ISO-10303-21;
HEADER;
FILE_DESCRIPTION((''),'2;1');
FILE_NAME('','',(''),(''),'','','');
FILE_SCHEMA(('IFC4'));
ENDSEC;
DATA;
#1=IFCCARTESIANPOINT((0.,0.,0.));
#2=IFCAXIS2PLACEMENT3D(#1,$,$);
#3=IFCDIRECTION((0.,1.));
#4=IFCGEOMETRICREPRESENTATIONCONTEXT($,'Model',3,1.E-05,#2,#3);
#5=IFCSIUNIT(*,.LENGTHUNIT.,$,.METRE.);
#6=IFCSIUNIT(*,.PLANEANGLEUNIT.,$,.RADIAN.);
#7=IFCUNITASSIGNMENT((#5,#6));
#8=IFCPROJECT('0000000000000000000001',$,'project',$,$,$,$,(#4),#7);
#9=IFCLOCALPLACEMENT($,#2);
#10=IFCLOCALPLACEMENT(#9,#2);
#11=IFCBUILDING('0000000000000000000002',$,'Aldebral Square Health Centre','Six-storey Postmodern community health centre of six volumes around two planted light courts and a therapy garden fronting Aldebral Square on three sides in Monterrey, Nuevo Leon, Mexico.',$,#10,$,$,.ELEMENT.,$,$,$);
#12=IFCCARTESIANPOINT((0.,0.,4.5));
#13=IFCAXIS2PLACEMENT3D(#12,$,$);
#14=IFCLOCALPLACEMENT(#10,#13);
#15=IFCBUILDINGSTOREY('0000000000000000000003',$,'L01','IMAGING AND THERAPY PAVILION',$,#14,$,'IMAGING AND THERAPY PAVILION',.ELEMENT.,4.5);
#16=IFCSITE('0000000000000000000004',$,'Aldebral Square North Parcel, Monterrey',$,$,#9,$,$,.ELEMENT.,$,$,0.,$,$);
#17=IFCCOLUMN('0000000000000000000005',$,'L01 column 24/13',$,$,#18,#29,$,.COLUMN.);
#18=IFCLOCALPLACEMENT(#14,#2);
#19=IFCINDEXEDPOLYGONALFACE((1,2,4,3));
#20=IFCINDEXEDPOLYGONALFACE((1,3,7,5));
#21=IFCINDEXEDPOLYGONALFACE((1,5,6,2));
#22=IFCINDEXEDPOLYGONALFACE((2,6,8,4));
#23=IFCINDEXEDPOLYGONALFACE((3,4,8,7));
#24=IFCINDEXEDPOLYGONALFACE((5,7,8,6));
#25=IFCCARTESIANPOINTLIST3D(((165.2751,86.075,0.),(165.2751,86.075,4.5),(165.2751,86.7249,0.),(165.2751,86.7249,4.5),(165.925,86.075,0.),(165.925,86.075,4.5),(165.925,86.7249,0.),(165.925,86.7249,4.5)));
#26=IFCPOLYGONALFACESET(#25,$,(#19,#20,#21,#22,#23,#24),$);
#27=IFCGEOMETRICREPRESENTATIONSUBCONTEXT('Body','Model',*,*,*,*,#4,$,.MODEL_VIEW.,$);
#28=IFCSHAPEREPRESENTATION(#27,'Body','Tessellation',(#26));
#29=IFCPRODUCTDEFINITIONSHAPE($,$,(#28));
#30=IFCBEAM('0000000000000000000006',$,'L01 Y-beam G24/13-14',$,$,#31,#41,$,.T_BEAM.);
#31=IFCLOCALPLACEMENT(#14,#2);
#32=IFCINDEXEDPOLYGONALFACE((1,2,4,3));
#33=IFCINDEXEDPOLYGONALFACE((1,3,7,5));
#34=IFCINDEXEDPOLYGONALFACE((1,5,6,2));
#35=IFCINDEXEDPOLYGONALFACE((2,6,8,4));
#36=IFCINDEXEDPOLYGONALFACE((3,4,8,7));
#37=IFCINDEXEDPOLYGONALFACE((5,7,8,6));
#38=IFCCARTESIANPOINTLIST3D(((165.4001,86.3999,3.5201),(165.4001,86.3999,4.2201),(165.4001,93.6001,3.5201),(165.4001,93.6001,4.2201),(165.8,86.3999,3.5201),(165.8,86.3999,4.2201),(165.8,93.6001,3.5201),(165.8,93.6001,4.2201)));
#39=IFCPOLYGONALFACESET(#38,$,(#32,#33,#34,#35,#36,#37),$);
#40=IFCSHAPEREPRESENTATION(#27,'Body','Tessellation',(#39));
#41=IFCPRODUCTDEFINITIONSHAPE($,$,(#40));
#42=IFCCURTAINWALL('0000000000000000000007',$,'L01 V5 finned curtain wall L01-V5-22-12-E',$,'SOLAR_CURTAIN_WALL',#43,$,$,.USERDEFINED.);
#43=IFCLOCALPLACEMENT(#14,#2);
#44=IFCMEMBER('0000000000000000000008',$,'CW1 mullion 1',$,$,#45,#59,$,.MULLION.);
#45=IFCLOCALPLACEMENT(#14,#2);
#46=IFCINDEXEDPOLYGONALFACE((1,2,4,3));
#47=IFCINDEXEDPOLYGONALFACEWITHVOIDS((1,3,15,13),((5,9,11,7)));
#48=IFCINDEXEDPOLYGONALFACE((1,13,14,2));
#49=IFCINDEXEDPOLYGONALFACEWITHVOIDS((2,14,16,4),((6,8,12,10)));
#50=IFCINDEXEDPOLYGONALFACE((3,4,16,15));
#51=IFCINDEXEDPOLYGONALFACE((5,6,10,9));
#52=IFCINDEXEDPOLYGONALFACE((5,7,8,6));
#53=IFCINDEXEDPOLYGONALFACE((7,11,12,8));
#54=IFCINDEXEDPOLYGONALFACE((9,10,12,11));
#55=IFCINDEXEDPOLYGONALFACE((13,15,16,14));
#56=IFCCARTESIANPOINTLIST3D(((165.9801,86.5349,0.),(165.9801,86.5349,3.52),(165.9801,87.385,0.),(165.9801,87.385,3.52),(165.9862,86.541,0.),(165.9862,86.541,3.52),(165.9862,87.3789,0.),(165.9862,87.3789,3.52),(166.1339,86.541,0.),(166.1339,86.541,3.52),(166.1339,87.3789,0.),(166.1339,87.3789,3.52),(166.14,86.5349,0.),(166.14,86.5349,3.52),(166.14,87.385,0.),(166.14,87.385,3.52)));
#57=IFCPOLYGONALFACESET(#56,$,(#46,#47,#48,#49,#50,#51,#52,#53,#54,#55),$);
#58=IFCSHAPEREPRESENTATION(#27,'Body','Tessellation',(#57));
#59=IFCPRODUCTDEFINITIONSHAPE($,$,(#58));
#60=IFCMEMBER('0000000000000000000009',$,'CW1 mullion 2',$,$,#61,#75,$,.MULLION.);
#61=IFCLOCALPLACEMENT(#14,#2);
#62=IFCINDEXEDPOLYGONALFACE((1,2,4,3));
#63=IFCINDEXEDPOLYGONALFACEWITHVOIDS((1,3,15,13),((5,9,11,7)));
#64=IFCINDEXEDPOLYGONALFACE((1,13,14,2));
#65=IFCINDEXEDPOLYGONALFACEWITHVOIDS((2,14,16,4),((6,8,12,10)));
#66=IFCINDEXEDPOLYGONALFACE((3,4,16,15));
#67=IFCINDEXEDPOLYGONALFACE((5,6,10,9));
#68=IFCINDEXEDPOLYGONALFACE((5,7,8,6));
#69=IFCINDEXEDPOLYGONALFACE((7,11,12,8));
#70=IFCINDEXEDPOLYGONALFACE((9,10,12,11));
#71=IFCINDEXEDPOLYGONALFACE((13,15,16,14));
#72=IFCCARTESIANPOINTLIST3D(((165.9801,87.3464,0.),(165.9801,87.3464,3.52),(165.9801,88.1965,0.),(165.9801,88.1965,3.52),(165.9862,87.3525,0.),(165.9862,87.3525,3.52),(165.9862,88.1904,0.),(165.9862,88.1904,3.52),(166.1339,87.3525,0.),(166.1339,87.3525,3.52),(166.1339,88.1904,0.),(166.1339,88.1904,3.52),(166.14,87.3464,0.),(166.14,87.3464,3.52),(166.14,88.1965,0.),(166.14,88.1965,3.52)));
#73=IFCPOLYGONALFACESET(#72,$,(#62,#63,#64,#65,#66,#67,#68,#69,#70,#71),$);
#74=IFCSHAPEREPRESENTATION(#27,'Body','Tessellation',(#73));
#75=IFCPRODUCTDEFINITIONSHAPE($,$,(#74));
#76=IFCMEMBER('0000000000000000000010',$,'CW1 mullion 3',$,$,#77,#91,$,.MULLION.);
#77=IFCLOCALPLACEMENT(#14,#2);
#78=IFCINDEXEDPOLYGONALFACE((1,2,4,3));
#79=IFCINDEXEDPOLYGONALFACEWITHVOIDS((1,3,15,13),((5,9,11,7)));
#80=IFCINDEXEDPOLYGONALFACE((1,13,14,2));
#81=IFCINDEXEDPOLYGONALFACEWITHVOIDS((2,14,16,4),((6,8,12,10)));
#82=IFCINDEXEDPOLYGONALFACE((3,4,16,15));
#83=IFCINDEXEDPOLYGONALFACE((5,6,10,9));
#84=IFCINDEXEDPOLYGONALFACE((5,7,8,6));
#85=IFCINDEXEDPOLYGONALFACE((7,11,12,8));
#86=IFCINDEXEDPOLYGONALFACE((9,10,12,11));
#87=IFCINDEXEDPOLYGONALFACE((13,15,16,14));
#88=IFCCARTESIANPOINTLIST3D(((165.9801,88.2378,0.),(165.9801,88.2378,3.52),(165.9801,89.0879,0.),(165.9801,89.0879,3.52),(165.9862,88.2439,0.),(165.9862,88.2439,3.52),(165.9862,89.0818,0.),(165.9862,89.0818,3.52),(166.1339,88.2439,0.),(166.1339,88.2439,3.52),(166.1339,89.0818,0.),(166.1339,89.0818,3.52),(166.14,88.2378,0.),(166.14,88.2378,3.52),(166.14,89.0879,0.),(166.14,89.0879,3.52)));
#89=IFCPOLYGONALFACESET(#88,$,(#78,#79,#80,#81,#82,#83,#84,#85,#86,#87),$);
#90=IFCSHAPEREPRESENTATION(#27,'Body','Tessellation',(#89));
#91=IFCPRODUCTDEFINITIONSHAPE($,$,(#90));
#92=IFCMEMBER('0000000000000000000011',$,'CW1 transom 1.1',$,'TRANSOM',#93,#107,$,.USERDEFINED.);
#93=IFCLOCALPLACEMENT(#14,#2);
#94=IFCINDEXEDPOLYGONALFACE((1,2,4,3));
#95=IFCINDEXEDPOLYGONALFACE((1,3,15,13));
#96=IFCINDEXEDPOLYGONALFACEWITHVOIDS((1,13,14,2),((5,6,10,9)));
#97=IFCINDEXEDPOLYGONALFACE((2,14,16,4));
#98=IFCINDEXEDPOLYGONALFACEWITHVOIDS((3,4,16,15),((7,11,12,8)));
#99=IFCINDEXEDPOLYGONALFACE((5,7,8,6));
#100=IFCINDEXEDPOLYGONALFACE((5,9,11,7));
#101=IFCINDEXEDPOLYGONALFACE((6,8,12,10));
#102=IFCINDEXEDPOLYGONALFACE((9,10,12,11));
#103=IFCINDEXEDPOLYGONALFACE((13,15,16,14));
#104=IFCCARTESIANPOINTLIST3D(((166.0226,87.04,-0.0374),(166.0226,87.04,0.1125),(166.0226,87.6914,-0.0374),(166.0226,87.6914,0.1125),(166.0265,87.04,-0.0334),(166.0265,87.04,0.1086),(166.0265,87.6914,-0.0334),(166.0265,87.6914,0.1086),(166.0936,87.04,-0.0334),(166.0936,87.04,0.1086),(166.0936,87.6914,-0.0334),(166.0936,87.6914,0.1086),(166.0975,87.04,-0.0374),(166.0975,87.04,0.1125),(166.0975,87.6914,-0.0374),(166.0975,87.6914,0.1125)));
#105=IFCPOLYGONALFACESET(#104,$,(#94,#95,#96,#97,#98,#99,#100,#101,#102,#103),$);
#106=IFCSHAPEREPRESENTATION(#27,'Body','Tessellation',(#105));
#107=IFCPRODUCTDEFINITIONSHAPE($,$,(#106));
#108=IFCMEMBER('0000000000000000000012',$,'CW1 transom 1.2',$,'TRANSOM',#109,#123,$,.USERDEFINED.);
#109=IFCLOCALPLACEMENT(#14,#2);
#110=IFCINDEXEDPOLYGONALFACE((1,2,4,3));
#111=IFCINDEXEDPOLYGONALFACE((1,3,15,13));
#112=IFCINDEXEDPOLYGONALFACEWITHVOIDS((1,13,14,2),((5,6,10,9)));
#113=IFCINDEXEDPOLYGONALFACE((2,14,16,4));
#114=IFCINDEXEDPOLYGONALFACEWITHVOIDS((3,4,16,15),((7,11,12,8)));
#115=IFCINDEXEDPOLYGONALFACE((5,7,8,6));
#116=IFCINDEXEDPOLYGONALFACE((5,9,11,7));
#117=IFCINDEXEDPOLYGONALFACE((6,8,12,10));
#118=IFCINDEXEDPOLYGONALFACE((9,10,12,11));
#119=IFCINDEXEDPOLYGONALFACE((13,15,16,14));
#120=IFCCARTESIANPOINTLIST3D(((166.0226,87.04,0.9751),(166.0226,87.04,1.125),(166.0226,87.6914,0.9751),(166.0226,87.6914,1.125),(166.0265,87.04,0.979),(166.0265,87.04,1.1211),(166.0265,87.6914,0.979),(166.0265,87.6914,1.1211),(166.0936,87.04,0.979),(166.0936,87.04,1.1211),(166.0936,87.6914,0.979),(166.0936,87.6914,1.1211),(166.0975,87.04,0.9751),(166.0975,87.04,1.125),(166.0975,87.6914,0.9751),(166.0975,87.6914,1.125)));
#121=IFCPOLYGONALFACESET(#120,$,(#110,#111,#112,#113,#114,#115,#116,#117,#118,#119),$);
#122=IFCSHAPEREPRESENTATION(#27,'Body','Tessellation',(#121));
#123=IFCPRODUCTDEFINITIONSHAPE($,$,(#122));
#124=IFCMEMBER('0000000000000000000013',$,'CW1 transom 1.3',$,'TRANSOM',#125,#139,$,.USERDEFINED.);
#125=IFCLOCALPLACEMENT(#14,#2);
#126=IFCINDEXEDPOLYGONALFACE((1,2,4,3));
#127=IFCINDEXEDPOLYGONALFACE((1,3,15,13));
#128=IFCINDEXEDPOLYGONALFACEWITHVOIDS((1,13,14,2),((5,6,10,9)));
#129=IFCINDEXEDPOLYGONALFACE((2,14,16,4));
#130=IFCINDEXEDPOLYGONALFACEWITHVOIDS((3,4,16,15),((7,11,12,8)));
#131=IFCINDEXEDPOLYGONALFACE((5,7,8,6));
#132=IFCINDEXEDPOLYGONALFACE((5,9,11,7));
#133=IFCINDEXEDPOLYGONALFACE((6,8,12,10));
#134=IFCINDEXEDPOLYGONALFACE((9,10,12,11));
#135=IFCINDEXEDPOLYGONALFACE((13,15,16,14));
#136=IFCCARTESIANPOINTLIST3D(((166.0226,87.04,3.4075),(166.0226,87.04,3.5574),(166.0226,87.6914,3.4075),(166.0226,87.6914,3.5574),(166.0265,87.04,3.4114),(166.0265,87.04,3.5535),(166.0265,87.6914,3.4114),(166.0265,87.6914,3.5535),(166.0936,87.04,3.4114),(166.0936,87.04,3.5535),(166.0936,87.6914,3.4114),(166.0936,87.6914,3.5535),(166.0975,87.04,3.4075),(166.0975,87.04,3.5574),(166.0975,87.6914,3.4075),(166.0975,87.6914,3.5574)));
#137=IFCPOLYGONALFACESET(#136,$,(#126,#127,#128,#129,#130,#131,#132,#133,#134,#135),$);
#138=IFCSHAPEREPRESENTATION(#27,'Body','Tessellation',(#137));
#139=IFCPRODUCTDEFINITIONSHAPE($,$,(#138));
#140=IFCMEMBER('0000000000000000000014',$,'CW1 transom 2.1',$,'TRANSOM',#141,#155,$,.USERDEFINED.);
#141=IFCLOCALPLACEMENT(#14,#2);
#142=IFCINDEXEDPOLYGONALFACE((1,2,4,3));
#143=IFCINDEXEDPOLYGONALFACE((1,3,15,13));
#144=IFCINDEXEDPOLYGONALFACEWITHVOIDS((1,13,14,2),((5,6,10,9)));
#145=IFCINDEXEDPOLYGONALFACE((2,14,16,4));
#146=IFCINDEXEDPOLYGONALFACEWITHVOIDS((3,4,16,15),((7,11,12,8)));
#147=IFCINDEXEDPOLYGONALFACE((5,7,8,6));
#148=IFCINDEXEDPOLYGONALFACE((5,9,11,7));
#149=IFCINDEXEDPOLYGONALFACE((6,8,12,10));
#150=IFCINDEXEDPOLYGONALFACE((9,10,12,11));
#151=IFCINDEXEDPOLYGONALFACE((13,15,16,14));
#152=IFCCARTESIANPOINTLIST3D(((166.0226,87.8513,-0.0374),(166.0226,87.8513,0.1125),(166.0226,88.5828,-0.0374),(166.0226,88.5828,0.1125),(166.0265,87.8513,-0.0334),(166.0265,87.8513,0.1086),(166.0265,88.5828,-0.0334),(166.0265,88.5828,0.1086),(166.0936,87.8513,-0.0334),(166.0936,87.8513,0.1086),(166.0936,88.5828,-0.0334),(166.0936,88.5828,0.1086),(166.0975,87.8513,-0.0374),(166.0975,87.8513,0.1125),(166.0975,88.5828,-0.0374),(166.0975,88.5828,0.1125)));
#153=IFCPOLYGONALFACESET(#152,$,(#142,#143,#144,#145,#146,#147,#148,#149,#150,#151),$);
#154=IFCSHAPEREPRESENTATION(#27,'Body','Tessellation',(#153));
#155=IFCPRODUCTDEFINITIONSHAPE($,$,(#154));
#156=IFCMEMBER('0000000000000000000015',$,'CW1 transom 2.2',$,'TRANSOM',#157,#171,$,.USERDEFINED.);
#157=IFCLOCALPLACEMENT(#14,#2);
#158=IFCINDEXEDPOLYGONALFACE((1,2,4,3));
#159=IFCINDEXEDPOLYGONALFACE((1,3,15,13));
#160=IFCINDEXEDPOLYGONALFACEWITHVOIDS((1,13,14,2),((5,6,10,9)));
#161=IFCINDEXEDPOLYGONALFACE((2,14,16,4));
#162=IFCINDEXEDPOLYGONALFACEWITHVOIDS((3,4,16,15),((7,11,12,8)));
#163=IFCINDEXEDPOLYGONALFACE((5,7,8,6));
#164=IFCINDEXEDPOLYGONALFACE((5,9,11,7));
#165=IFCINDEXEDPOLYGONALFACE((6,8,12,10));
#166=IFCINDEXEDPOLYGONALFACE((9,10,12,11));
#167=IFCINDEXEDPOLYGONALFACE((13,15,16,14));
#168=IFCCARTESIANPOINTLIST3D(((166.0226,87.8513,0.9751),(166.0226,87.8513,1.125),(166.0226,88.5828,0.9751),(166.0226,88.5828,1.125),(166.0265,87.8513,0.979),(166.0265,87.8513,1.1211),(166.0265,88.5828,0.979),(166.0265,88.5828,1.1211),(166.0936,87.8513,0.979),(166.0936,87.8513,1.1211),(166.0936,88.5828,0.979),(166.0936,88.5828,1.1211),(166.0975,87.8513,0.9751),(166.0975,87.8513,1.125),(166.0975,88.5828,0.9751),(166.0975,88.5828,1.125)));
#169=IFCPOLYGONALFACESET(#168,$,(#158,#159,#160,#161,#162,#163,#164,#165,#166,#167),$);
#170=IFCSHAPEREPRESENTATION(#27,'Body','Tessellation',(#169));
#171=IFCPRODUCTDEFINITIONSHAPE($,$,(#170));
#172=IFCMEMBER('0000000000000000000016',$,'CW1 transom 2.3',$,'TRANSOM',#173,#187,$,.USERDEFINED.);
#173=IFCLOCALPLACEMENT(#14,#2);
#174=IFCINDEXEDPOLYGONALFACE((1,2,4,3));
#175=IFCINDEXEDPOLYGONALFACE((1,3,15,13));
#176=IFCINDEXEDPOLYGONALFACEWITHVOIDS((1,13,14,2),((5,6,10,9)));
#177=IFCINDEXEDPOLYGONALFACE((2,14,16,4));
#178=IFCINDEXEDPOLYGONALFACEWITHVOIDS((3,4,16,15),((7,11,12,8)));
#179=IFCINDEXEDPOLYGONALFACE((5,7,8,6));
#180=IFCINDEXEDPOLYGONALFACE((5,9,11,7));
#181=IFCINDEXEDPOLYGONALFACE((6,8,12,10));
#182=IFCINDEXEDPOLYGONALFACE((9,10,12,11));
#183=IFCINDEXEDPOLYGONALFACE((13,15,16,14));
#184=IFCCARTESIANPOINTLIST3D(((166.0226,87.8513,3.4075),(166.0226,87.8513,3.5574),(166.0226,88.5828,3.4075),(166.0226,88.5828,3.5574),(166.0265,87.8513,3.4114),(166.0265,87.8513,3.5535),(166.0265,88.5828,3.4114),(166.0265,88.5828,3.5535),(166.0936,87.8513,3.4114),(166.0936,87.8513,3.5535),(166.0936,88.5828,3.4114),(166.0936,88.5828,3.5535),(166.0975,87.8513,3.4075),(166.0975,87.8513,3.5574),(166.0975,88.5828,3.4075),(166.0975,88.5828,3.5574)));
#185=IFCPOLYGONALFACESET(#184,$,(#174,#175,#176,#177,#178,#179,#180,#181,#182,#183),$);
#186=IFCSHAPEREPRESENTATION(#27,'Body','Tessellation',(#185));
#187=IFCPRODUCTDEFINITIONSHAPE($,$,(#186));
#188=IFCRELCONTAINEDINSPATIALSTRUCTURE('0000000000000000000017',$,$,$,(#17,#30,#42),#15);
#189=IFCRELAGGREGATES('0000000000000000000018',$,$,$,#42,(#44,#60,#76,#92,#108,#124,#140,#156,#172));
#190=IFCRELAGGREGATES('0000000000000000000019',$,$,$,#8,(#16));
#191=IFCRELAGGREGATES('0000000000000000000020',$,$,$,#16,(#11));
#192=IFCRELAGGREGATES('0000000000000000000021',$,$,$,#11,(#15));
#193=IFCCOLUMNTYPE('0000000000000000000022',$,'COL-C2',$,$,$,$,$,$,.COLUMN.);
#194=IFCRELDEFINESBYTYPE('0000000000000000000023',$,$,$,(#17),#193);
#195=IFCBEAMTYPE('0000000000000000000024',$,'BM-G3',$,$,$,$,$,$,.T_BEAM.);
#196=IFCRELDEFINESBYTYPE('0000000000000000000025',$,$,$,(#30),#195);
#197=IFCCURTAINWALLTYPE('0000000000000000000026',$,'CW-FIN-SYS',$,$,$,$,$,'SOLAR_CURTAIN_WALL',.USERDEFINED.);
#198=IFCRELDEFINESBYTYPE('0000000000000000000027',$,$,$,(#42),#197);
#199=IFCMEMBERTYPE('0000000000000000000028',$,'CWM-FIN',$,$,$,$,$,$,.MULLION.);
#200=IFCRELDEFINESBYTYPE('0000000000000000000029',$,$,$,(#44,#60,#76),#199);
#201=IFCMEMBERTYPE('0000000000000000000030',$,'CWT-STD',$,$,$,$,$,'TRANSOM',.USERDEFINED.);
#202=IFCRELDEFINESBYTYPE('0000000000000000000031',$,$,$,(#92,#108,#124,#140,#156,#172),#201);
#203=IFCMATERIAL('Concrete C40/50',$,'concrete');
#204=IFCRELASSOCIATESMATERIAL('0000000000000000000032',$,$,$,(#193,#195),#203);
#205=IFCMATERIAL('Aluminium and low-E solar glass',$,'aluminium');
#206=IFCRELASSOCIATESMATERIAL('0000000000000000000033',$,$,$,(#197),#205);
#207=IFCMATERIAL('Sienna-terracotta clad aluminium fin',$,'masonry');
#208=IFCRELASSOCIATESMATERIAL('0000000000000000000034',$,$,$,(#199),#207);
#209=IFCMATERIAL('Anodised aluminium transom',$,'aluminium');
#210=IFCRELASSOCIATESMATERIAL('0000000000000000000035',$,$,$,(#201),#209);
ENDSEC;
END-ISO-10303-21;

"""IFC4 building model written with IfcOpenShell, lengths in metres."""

from ifc_helpers import new_model, si_unit, direction, frame, origin, origin_2d, place, context, subcontext, project, spatial, rectangle, hollow_rectangle, extrude, material, material_profile, profile_set, type_object, element, aggregate, save


model = new_model("IFC4")

# Units and contexts
model_context = context("Model", 3, precision=1e-05, world=origin(), true_north=direction((0.0, 1.0)))
body_context = subcontext(model_context, "Body", "Model", "MODEL_VIEW")
ifc_project = project(units=[si_unit("LENGTHUNIT", "METRE"), si_unit("PLANEANGLEUNIT", "RADIAN")], contexts=[model_context])

# Site, building, storey
site_placement = place(None, origin())
site = spatial("IfcSite", under=ifc_project, at=site_placement, Name="Aldebral Square North Parcel, Monterrey", CompositionType="ELEMENT", RefElevation=0.0)
building_placement = place(site_placement, origin())
building = spatial("IfcBuilding", under=site, at=building_placement, Name="Aldebral Square Health Centre", Description="Six-storey Postmodern community health centre of six volumes around two planted light courts and a therapy garden fronting Aldebral Square on three sides in Monterrey, Nuevo Leon, Mexico.", CompositionType="ELEMENT")
storey_placement = place(building_placement, frame((0.0, 0.0, 4.5)))
storey = spatial("IfcBuildingStorey", under=building, at=storey_placement, Name="L01", Description="IMAGING AND THERAPY PAVILION", LongName="IMAGING AND THERAPY PAVILION", CompositionType="ELEMENT", Elevation=4.5)

# Column
ifc_material_1 = material(Name="Concrete C40/50", Category="concrete")
ifc_material_profile_1 = material_profile(ifc_material_1, rectangle(XDim=0.6499, YDim=0.6499, at=origin_2d()), Name="RC 650x650")
ifc_profile_set_1 = profile_set([ifc_material_profile_1], Name="Concrete C40/50")
column_type = type_object("IfcColumnType", Name="COL-C2", PredefinedType="COLUMN", material=ifc_profile_set_1)
column_placement = place(storey_placement, frame((165.6001, 86.3999, 0.0), z_axis=(0.0, 0.0, 1.0), x_axis=(1.0, 0.0, 0.0)))
element("IfcColumn", 1, at=column_placement, inside=storey, type_object=column_type, Name="L01 column 24/13", PredefinedType="COLUMN", context=body_context, shape_type="SweptSolid", body=[
    extrude(rectangle(XDim=0.6499, YDim=0.6499, at=origin_2d()), origin(), (0.0, 0.0, 1.0), 4.5),
])

# Beam
ifc_material_profile_2 = material_profile(ifc_material_1, rectangle(XDim=0.3999, YDim=0.7, at=origin_2d()), Name="RC 400x700")
ifc_profile_set_2 = profile_set([ifc_material_profile_2], Name="Concrete C40/50")
beam_type = type_object("IfcBeamType", Name="BM-G3", PredefinedType="T_BEAM", material=ifc_profile_set_2)
beam_placement = place(storey_placement, frame((165.6001, 86.3999, 3.8701), z_axis=(0.0, 1.0, 0.0), x_axis=(-1.0, 0.0, 0.0)))
element("IfcBeam", 2, at=beam_placement, inside=storey, type_object=beam_type, Name="L01 Y-beam G24/13-14", PredefinedType="T_BEAM", context=body_context, shape_type="SweptSolid", body=[
    extrude(rectangle(XDim=0.3999, YDim=0.7, at=origin_2d()), origin(), (0.0, 0.0, 1.0), 7.2002),
])

# Curtain wall, members
ifc_material_2 = material(Name="Aluminium and low-E solar glass", Category="aluminium")
curtain_wall_type = type_object("IfcCurtainWallType", Name="CW-FIN-SYS", ElementType="SOLAR_CURTAIN_WALL", PredefinedType="USERDEFINED", material=ifc_material_2)
curtain_wall_placement = place(storey_placement, origin())
curtain_wall = element("IfcCurtainWall", 3, at=curtain_wall_placement, inside=storey, type_object=curtain_wall_type, Name="L01 V5 finned curtain wall L01-V5-22-12-E", ObjectType="SOLAR_CURTAIN_WALL", PredefinedType="USERDEFINED")
ifc_material_3 = material(Name="Sienna-terracotta clad aluminium fin", Category="masonry")
ifc_material_profile_3 = material_profile(ifc_material_3, hollow_rectangle(XDim=0.1599, YDim=0.8501, WallThickness=0.0061, at=origin_2d()), Name="FIN 160x850x6")
ifc_profile_set_3 = profile_set([ifc_material_profile_3], Name="Sienna-terracotta clad aluminium fin")
member_type_1 = type_object("IfcMemberType", Name="CWM-FIN", PredefinedType="MULLION", material=ifc_profile_set_3)
member_1_placement = place(storey_placement, frame((166.0601, 86.96, 0.0), z_axis=(0.0, 0.0, 1.0), x_axis=(-1.0, 0.0, 0.0)))
member_1 = element("IfcMember", 4, at=member_1_placement, type_object=member_type_1, Name="CW1 mullion 1", PredefinedType="MULLION", context=body_context, shape_type="SweptSolid", body=[
    extrude(hollow_rectangle(XDim=0.1599, YDim=0.8501, WallThickness=0.0061, at=origin_2d()), origin(), (0.0, 0.0, 1.0), 3.52),
])
member_2_placement = place(storey_placement, frame((166.0601, 87.7715, 0.0), z_axis=(0.0, 0.0, 1.0), x_axis=(-1.0, 0.0, 0.0)))
member_2 = element("IfcMember", 5, at=member_2_placement, type_object=member_type_1, Name="CW1 mullion 2", PredefinedType="MULLION", context=body_context, shape_type="SweptSolid", body=[
    extrude(hollow_rectangle(XDim=0.1599, YDim=0.8501, WallThickness=0.0061, at=origin_2d()), origin(), (0.0, 0.0, 1.0), 3.52),
])
member_3_placement = place(storey_placement, frame((166.0601, 88.6628, 0.0), z_axis=(0.0, 0.0, 1.0), x_axis=(-1.0, 0.0, 0.0)))
member_3 = element("IfcMember", 6, at=member_3_placement, type_object=member_type_1, Name="CW1 mullion 3", PredefinedType="MULLION", context=body_context, shape_type="SweptSolid", body=[
    extrude(hollow_rectangle(XDim=0.1599, YDim=0.8501, WallThickness=0.0061, at=origin_2d()), origin(), (0.0, 0.0, 1.0), 3.52),
])
ifc_material_4 = material(Name="Anodised aluminium transom", Category="aluminium")
ifc_material_profile_4 = material_profile(ifc_material_4, hollow_rectangle(XDim=0.075, YDim=0.1499, WallThickness=0.0039, at=origin_2d()), Name="CWT 75x150x4")
ifc_profile_set_4 = profile_set([ifc_material_profile_4], Name="Anodised aluminium transom")
member_type_2 = type_object("IfcMemberType", Name="CWT-STD", ElementType="TRANSOM", PredefinedType="USERDEFINED", material=ifc_profile_set_4)
member_4_placement = place(storey_placement, frame((166.0601, 87.04, 0.0376), z_axis=(0.0, 1.0, 0.0), x_axis=(-1.0, 0.0, 0.0)))
member_4 = element("IfcMember", 7, at=member_4_placement, type_object=member_type_2, Name="CW1 transom 1.1", ObjectType="TRANSOM", PredefinedType="USERDEFINED", context=body_context, shape_type="SweptSolid", body=[
    extrude(hollow_rectangle(XDim=0.075, YDim=0.1499, WallThickness=0.0039, at=origin_2d()), origin(), (0.0, 0.0, 1.0), 0.6514),
])
member_5_placement = place(storey_placement, frame((166.0601, 87.04, 1.05), z_axis=(0.0, 1.0, 0.0), x_axis=(-1.0, 0.0, 0.0)))
member_5 = element("IfcMember", 8, at=member_5_placement, type_object=member_type_2, Name="CW1 transom 1.2", ObjectType="TRANSOM", PredefinedType="USERDEFINED", context=body_context, shape_type="SweptSolid", body=[
    extrude(hollow_rectangle(XDim=0.075, YDim=0.1499, WallThickness=0.0039, at=origin_2d()), origin(), (0.0, 0.0, 1.0), 0.6514),
])
member_6_placement = place(storey_placement, frame((166.0601, 87.04, 3.4824), z_axis=(0.0, 1.0, 0.0), x_axis=(-1.0, 0.0, 0.0)))
member_6 = element("IfcMember", 9, at=member_6_placement, type_object=member_type_2, Name="CW1 transom 1.3", ObjectType="TRANSOM", PredefinedType="USERDEFINED", context=body_context, shape_type="SweptSolid", body=[
    extrude(hollow_rectangle(XDim=0.075, YDim=0.1499, WallThickness=0.0039, at=origin_2d()), origin(), (0.0, 0.0, 1.0), 0.6514),
])
member_7_placement = place(storey_placement, frame((166.0601, 87.8513, 0.0376), z_axis=(0.0, 1.0, 0.0), x_axis=(-1.0, 0.0, 0.0)))
member_7 = element("IfcMember", 10, at=member_7_placement, type_object=member_type_2, Name="CW1 transom 2.1", ObjectType="TRANSOM", PredefinedType="USERDEFINED", context=body_context, shape_type="SweptSolid", body=[
    extrude(hollow_rectangle(XDim=0.075, YDim=0.1499, WallThickness=0.0039, at=origin_2d()), origin(), (0.0, 0.0, 1.0), 0.7314),
])
member_8_placement = place(storey_placement, frame((166.0601, 87.8513, 1.05), z_axis=(0.0, 1.0, 0.0), x_axis=(-1.0, 0.0, 0.0)))
member_8 = element("IfcMember", 11, at=member_8_placement, type_object=member_type_2, Name="CW1 transom 2.2", ObjectType="TRANSOM", PredefinedType="USERDEFINED", context=body_context, shape_type="SweptSolid", body=[
    extrude(hollow_rectangle(XDim=0.075, YDim=0.1499, WallThickness=0.0039, at=origin_2d()), origin(), (0.0, 0.0, 1.0), 0.7314),
])
member_9_placement = place(storey_placement, frame((166.0601, 87.8513, 3.4824), z_axis=(0.0, 1.0, 0.0), x_axis=(-1.0, 0.0, 0.0)))
member_9 = element("IfcMember", 12, at=member_9_placement, type_object=member_type_2, Name="CW1 transom 2.3", ObjectType="TRANSOM", PredefinedType="USERDEFINED", context=body_context, shape_type="SweptSolid", body=[
    extrude(hollow_rectangle(XDim=0.075, YDim=0.1499, WallThickness=0.0039, at=origin_2d()), origin(), (0.0, 0.0, 1.0), 0.7314),
])
aggregate(curtain_wall, [member_1, member_2, member_3, member_4, member_5, member_6, member_7, member_8, member_9])

save(model, "model.ifc")
